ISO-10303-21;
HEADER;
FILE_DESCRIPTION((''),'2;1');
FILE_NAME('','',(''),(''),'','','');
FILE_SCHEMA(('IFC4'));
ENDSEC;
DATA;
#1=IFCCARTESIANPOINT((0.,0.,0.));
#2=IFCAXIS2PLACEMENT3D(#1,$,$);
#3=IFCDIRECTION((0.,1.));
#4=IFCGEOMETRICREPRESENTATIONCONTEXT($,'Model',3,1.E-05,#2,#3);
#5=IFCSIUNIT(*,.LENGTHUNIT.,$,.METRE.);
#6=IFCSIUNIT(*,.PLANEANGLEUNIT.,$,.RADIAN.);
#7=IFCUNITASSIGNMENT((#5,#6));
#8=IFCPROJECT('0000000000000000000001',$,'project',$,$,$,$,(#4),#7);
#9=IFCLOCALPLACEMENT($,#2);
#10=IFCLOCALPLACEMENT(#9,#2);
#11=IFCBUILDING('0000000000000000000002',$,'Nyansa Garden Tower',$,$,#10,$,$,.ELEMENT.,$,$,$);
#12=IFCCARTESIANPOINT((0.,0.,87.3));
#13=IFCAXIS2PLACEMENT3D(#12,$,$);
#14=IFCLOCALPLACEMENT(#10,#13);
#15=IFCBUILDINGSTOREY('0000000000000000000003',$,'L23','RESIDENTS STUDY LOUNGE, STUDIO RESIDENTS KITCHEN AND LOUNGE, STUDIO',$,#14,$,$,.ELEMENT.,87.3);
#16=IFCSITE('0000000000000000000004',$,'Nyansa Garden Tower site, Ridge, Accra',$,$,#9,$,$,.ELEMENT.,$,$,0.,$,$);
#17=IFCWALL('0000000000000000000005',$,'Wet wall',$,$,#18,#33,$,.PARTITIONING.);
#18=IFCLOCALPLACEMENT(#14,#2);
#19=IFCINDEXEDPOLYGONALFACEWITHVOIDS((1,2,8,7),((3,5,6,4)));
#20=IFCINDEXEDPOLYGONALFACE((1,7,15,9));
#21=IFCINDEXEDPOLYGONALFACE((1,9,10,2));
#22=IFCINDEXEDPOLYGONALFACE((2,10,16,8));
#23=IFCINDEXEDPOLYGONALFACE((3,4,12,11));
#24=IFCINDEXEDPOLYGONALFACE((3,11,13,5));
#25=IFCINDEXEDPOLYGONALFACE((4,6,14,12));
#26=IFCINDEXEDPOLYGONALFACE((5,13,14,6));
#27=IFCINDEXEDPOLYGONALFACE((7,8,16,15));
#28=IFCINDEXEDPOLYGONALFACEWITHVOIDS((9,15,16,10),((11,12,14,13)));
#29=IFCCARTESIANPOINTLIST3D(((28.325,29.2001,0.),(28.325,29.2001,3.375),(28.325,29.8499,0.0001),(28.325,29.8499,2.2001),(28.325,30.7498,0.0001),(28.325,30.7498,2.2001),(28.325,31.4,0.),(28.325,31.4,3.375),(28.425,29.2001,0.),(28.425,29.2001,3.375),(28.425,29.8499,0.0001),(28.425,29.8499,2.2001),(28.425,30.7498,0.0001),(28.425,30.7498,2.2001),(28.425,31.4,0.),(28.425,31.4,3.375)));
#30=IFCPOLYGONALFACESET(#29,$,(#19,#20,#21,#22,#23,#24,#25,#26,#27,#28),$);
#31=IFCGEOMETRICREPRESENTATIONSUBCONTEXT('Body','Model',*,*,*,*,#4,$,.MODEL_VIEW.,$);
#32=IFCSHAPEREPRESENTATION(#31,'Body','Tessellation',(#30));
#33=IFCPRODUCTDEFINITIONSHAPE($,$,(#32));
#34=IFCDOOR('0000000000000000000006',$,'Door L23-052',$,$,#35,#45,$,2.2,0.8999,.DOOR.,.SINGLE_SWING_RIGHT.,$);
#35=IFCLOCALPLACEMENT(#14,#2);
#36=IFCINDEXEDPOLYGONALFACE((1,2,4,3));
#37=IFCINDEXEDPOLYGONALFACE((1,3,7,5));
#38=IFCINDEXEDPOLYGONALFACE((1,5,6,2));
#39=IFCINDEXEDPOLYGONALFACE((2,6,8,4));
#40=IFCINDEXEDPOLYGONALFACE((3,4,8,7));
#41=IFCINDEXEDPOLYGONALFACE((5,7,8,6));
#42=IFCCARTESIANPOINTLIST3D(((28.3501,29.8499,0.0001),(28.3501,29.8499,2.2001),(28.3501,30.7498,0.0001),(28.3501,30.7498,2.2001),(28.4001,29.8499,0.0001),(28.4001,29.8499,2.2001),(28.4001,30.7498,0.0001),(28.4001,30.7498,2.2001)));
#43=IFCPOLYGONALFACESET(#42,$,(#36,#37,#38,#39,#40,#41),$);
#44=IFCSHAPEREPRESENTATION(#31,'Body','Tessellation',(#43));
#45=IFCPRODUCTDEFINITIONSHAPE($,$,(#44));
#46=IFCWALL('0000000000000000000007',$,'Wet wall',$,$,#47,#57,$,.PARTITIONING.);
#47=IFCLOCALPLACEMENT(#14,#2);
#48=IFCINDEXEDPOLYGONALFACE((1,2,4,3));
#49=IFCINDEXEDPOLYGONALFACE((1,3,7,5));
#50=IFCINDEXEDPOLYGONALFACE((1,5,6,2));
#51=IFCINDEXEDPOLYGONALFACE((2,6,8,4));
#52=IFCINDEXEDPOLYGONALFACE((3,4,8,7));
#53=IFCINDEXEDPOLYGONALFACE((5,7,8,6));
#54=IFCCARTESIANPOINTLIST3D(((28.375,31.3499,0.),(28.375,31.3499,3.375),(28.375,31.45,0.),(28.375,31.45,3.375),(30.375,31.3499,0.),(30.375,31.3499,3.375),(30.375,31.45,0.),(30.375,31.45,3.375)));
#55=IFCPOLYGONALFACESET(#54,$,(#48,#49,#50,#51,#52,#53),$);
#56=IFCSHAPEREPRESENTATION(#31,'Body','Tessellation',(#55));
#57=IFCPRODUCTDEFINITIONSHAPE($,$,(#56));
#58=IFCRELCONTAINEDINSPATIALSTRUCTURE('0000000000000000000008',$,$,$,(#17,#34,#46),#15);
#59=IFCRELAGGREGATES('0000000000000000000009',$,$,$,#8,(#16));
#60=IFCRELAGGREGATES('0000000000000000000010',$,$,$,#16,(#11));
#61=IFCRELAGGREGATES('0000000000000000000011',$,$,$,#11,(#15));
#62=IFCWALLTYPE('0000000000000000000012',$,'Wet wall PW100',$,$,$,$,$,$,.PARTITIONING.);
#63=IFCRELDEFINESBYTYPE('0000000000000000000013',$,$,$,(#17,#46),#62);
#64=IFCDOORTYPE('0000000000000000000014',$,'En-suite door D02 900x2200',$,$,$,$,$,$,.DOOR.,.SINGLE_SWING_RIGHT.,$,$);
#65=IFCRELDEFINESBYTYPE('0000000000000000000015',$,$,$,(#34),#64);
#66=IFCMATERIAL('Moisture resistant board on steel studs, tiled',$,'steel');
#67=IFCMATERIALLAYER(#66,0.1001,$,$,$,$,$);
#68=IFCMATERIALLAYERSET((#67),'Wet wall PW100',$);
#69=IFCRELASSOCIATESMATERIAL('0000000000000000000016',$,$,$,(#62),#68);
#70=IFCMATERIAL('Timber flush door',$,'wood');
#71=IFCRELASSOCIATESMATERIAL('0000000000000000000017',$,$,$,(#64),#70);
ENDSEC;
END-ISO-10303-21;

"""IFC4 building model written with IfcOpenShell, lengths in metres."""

from ifc_helpers import new_model, si_unit, direction, frame, frame_2d, origin, place, context, subcontext, project, spatial, rectangle, extrude, material, layer, layer_set, type_object, element, fill, save


model = new_model("IFC4")

# Units and contexts
model_context = context("Model", 3, precision=1e-05, world=origin(), true_north=direction((0.0, 1.0)))
body_context = subcontext(model_context, "Body", "Model", "MODEL_VIEW")
ifc_project = project(units=[si_unit("LENGTHUNIT", "METRE"), si_unit("PLANEANGLEUNIT", "RADIAN")], contexts=[model_context])

# Site, building, storey
site_placement = place(None, origin())
site = spatial("IfcSite", under=ifc_project, at=site_placement, Name="Nyansa Garden Tower site, Ridge, Accra", CompositionType="ELEMENT", RefElevation=0.0)
building_placement = place(site_placement, origin())
building = spatial("IfcBuilding", under=site, at=building_placement, Name="Nyansa Garden Tower", CompositionType="ELEMENT")
storey_placement = place(building_placement, frame((0.0, 0.0, 87.3)))
storey = spatial("IfcBuildingStorey", under=building, at=storey_placement, Name="L23", Description="RESIDENTS STUDY LOUNGE, STUDIO RESIDENTS KITCHEN AND LOUNGE, STUDIO", CompositionType="ELEMENT", Elevation=87.3)

# Shared definitions
ifc_material_1 = material(Name="Moisture resistant board on steel studs, tiled", Category="steel")
ifc_layer_1 = layer(ifc_material_1, 0.1001)
ifc_layer_set_1 = layer_set([ifc_layer_1], Name="Wet wall PW100")
wall_type = type_object("IfcWallType", Name="Wet wall PW100", PredefinedType="PARTITIONING", material=ifc_layer_set_1)

# Wall, opening, door
wall_1_placement = place(storey_placement, frame((28.375, 29.2, 0.0), z_axis=(0.0, 0.0, 1.0), x_axis=(0.0, 1.0, 0.0)))
wall_1 = element("IfcWall", 1, at=wall_1_placement, inside=storey, type_object=wall_type, Name="Wet wall", PredefinedType="PARTITIONING", context=body_context, shape_type="SweptSolid", body=[
    extrude(rectangle(XDim=2.2, YDim=0.1001, at=frame_2d((1.1001, 0.0))), origin(), (0.0, 0.0, 1.0), 3.375),
])
opening_placement = place(wall_1_placement, frame((0.6499, 0.0, 0.0)))
opening = element("IfcOpeningElement", 2, at=opening_placement, cuts=wall_1, PredefinedType="OPENING", context=body_context, shape_type="SweptSolid", body=[
    extrude(rectangle(XDim=0.8999, YDim=2.2, at=frame_2d((0.45, 1.1001))), frame((0.0, 0.0601, 0.0), z_axis=(0.0, -1.0, 0.0), x_axis=(1.0, 0.0, 0.0)), (0.0, 0.0, 1.0), 0.1201),
])
ifc_material_2 = material(Name="Timber flush door", Category="wood")
door_type = type_object("IfcDoorType", Name="En-suite door D02 900x2200", OperationType="SINGLE_SWING_RIGHT", PredefinedType="DOOR", material=ifc_material_2)
door_placement = place(opening_placement, origin())
door = element("IfcDoor", 3, at=door_placement, inside=storey, type_object=door_type, Name="Door L23-052", OperationType="SINGLE_SWING_RIGHT", OverallHeight=2.2, OverallWidth=0.8999, PredefinedType="DOOR", context=body_context, shape_type="SweptSolid", body=[
    extrude(rectangle(XDim=0.8999, YDim=2.2, at=frame_2d((0.45, 1.1001))), frame((0.0, 0.0249, 0.0), z_axis=(0.0, -1.0, 0.0), x_axis=(1.0, 0.0, 0.0)), (0.0, 0.0, 1.0), 0.05),
])
fill(opening, door)

# Wall
wall_2_placement = place(storey_placement, frame((28.375, 31.3999, 0.0), z_axis=(0.0, 0.0, 1.0), x_axis=(1.0, 0.0, 0.0)))
element("IfcWall", 4, at=wall_2_placement, inside=storey, type_object=wall_type, Name="Wet wall", PredefinedType="PARTITIONING", context=body_context, shape_type="SweptSolid", body=[
    extrude(rectangle(XDim=2.0, YDim=0.1001, at=frame_2d((1.0, 0.0))), origin(), (0.0, 0.0, 1.0), 3.375),
])

save(model, "model.ifc")
